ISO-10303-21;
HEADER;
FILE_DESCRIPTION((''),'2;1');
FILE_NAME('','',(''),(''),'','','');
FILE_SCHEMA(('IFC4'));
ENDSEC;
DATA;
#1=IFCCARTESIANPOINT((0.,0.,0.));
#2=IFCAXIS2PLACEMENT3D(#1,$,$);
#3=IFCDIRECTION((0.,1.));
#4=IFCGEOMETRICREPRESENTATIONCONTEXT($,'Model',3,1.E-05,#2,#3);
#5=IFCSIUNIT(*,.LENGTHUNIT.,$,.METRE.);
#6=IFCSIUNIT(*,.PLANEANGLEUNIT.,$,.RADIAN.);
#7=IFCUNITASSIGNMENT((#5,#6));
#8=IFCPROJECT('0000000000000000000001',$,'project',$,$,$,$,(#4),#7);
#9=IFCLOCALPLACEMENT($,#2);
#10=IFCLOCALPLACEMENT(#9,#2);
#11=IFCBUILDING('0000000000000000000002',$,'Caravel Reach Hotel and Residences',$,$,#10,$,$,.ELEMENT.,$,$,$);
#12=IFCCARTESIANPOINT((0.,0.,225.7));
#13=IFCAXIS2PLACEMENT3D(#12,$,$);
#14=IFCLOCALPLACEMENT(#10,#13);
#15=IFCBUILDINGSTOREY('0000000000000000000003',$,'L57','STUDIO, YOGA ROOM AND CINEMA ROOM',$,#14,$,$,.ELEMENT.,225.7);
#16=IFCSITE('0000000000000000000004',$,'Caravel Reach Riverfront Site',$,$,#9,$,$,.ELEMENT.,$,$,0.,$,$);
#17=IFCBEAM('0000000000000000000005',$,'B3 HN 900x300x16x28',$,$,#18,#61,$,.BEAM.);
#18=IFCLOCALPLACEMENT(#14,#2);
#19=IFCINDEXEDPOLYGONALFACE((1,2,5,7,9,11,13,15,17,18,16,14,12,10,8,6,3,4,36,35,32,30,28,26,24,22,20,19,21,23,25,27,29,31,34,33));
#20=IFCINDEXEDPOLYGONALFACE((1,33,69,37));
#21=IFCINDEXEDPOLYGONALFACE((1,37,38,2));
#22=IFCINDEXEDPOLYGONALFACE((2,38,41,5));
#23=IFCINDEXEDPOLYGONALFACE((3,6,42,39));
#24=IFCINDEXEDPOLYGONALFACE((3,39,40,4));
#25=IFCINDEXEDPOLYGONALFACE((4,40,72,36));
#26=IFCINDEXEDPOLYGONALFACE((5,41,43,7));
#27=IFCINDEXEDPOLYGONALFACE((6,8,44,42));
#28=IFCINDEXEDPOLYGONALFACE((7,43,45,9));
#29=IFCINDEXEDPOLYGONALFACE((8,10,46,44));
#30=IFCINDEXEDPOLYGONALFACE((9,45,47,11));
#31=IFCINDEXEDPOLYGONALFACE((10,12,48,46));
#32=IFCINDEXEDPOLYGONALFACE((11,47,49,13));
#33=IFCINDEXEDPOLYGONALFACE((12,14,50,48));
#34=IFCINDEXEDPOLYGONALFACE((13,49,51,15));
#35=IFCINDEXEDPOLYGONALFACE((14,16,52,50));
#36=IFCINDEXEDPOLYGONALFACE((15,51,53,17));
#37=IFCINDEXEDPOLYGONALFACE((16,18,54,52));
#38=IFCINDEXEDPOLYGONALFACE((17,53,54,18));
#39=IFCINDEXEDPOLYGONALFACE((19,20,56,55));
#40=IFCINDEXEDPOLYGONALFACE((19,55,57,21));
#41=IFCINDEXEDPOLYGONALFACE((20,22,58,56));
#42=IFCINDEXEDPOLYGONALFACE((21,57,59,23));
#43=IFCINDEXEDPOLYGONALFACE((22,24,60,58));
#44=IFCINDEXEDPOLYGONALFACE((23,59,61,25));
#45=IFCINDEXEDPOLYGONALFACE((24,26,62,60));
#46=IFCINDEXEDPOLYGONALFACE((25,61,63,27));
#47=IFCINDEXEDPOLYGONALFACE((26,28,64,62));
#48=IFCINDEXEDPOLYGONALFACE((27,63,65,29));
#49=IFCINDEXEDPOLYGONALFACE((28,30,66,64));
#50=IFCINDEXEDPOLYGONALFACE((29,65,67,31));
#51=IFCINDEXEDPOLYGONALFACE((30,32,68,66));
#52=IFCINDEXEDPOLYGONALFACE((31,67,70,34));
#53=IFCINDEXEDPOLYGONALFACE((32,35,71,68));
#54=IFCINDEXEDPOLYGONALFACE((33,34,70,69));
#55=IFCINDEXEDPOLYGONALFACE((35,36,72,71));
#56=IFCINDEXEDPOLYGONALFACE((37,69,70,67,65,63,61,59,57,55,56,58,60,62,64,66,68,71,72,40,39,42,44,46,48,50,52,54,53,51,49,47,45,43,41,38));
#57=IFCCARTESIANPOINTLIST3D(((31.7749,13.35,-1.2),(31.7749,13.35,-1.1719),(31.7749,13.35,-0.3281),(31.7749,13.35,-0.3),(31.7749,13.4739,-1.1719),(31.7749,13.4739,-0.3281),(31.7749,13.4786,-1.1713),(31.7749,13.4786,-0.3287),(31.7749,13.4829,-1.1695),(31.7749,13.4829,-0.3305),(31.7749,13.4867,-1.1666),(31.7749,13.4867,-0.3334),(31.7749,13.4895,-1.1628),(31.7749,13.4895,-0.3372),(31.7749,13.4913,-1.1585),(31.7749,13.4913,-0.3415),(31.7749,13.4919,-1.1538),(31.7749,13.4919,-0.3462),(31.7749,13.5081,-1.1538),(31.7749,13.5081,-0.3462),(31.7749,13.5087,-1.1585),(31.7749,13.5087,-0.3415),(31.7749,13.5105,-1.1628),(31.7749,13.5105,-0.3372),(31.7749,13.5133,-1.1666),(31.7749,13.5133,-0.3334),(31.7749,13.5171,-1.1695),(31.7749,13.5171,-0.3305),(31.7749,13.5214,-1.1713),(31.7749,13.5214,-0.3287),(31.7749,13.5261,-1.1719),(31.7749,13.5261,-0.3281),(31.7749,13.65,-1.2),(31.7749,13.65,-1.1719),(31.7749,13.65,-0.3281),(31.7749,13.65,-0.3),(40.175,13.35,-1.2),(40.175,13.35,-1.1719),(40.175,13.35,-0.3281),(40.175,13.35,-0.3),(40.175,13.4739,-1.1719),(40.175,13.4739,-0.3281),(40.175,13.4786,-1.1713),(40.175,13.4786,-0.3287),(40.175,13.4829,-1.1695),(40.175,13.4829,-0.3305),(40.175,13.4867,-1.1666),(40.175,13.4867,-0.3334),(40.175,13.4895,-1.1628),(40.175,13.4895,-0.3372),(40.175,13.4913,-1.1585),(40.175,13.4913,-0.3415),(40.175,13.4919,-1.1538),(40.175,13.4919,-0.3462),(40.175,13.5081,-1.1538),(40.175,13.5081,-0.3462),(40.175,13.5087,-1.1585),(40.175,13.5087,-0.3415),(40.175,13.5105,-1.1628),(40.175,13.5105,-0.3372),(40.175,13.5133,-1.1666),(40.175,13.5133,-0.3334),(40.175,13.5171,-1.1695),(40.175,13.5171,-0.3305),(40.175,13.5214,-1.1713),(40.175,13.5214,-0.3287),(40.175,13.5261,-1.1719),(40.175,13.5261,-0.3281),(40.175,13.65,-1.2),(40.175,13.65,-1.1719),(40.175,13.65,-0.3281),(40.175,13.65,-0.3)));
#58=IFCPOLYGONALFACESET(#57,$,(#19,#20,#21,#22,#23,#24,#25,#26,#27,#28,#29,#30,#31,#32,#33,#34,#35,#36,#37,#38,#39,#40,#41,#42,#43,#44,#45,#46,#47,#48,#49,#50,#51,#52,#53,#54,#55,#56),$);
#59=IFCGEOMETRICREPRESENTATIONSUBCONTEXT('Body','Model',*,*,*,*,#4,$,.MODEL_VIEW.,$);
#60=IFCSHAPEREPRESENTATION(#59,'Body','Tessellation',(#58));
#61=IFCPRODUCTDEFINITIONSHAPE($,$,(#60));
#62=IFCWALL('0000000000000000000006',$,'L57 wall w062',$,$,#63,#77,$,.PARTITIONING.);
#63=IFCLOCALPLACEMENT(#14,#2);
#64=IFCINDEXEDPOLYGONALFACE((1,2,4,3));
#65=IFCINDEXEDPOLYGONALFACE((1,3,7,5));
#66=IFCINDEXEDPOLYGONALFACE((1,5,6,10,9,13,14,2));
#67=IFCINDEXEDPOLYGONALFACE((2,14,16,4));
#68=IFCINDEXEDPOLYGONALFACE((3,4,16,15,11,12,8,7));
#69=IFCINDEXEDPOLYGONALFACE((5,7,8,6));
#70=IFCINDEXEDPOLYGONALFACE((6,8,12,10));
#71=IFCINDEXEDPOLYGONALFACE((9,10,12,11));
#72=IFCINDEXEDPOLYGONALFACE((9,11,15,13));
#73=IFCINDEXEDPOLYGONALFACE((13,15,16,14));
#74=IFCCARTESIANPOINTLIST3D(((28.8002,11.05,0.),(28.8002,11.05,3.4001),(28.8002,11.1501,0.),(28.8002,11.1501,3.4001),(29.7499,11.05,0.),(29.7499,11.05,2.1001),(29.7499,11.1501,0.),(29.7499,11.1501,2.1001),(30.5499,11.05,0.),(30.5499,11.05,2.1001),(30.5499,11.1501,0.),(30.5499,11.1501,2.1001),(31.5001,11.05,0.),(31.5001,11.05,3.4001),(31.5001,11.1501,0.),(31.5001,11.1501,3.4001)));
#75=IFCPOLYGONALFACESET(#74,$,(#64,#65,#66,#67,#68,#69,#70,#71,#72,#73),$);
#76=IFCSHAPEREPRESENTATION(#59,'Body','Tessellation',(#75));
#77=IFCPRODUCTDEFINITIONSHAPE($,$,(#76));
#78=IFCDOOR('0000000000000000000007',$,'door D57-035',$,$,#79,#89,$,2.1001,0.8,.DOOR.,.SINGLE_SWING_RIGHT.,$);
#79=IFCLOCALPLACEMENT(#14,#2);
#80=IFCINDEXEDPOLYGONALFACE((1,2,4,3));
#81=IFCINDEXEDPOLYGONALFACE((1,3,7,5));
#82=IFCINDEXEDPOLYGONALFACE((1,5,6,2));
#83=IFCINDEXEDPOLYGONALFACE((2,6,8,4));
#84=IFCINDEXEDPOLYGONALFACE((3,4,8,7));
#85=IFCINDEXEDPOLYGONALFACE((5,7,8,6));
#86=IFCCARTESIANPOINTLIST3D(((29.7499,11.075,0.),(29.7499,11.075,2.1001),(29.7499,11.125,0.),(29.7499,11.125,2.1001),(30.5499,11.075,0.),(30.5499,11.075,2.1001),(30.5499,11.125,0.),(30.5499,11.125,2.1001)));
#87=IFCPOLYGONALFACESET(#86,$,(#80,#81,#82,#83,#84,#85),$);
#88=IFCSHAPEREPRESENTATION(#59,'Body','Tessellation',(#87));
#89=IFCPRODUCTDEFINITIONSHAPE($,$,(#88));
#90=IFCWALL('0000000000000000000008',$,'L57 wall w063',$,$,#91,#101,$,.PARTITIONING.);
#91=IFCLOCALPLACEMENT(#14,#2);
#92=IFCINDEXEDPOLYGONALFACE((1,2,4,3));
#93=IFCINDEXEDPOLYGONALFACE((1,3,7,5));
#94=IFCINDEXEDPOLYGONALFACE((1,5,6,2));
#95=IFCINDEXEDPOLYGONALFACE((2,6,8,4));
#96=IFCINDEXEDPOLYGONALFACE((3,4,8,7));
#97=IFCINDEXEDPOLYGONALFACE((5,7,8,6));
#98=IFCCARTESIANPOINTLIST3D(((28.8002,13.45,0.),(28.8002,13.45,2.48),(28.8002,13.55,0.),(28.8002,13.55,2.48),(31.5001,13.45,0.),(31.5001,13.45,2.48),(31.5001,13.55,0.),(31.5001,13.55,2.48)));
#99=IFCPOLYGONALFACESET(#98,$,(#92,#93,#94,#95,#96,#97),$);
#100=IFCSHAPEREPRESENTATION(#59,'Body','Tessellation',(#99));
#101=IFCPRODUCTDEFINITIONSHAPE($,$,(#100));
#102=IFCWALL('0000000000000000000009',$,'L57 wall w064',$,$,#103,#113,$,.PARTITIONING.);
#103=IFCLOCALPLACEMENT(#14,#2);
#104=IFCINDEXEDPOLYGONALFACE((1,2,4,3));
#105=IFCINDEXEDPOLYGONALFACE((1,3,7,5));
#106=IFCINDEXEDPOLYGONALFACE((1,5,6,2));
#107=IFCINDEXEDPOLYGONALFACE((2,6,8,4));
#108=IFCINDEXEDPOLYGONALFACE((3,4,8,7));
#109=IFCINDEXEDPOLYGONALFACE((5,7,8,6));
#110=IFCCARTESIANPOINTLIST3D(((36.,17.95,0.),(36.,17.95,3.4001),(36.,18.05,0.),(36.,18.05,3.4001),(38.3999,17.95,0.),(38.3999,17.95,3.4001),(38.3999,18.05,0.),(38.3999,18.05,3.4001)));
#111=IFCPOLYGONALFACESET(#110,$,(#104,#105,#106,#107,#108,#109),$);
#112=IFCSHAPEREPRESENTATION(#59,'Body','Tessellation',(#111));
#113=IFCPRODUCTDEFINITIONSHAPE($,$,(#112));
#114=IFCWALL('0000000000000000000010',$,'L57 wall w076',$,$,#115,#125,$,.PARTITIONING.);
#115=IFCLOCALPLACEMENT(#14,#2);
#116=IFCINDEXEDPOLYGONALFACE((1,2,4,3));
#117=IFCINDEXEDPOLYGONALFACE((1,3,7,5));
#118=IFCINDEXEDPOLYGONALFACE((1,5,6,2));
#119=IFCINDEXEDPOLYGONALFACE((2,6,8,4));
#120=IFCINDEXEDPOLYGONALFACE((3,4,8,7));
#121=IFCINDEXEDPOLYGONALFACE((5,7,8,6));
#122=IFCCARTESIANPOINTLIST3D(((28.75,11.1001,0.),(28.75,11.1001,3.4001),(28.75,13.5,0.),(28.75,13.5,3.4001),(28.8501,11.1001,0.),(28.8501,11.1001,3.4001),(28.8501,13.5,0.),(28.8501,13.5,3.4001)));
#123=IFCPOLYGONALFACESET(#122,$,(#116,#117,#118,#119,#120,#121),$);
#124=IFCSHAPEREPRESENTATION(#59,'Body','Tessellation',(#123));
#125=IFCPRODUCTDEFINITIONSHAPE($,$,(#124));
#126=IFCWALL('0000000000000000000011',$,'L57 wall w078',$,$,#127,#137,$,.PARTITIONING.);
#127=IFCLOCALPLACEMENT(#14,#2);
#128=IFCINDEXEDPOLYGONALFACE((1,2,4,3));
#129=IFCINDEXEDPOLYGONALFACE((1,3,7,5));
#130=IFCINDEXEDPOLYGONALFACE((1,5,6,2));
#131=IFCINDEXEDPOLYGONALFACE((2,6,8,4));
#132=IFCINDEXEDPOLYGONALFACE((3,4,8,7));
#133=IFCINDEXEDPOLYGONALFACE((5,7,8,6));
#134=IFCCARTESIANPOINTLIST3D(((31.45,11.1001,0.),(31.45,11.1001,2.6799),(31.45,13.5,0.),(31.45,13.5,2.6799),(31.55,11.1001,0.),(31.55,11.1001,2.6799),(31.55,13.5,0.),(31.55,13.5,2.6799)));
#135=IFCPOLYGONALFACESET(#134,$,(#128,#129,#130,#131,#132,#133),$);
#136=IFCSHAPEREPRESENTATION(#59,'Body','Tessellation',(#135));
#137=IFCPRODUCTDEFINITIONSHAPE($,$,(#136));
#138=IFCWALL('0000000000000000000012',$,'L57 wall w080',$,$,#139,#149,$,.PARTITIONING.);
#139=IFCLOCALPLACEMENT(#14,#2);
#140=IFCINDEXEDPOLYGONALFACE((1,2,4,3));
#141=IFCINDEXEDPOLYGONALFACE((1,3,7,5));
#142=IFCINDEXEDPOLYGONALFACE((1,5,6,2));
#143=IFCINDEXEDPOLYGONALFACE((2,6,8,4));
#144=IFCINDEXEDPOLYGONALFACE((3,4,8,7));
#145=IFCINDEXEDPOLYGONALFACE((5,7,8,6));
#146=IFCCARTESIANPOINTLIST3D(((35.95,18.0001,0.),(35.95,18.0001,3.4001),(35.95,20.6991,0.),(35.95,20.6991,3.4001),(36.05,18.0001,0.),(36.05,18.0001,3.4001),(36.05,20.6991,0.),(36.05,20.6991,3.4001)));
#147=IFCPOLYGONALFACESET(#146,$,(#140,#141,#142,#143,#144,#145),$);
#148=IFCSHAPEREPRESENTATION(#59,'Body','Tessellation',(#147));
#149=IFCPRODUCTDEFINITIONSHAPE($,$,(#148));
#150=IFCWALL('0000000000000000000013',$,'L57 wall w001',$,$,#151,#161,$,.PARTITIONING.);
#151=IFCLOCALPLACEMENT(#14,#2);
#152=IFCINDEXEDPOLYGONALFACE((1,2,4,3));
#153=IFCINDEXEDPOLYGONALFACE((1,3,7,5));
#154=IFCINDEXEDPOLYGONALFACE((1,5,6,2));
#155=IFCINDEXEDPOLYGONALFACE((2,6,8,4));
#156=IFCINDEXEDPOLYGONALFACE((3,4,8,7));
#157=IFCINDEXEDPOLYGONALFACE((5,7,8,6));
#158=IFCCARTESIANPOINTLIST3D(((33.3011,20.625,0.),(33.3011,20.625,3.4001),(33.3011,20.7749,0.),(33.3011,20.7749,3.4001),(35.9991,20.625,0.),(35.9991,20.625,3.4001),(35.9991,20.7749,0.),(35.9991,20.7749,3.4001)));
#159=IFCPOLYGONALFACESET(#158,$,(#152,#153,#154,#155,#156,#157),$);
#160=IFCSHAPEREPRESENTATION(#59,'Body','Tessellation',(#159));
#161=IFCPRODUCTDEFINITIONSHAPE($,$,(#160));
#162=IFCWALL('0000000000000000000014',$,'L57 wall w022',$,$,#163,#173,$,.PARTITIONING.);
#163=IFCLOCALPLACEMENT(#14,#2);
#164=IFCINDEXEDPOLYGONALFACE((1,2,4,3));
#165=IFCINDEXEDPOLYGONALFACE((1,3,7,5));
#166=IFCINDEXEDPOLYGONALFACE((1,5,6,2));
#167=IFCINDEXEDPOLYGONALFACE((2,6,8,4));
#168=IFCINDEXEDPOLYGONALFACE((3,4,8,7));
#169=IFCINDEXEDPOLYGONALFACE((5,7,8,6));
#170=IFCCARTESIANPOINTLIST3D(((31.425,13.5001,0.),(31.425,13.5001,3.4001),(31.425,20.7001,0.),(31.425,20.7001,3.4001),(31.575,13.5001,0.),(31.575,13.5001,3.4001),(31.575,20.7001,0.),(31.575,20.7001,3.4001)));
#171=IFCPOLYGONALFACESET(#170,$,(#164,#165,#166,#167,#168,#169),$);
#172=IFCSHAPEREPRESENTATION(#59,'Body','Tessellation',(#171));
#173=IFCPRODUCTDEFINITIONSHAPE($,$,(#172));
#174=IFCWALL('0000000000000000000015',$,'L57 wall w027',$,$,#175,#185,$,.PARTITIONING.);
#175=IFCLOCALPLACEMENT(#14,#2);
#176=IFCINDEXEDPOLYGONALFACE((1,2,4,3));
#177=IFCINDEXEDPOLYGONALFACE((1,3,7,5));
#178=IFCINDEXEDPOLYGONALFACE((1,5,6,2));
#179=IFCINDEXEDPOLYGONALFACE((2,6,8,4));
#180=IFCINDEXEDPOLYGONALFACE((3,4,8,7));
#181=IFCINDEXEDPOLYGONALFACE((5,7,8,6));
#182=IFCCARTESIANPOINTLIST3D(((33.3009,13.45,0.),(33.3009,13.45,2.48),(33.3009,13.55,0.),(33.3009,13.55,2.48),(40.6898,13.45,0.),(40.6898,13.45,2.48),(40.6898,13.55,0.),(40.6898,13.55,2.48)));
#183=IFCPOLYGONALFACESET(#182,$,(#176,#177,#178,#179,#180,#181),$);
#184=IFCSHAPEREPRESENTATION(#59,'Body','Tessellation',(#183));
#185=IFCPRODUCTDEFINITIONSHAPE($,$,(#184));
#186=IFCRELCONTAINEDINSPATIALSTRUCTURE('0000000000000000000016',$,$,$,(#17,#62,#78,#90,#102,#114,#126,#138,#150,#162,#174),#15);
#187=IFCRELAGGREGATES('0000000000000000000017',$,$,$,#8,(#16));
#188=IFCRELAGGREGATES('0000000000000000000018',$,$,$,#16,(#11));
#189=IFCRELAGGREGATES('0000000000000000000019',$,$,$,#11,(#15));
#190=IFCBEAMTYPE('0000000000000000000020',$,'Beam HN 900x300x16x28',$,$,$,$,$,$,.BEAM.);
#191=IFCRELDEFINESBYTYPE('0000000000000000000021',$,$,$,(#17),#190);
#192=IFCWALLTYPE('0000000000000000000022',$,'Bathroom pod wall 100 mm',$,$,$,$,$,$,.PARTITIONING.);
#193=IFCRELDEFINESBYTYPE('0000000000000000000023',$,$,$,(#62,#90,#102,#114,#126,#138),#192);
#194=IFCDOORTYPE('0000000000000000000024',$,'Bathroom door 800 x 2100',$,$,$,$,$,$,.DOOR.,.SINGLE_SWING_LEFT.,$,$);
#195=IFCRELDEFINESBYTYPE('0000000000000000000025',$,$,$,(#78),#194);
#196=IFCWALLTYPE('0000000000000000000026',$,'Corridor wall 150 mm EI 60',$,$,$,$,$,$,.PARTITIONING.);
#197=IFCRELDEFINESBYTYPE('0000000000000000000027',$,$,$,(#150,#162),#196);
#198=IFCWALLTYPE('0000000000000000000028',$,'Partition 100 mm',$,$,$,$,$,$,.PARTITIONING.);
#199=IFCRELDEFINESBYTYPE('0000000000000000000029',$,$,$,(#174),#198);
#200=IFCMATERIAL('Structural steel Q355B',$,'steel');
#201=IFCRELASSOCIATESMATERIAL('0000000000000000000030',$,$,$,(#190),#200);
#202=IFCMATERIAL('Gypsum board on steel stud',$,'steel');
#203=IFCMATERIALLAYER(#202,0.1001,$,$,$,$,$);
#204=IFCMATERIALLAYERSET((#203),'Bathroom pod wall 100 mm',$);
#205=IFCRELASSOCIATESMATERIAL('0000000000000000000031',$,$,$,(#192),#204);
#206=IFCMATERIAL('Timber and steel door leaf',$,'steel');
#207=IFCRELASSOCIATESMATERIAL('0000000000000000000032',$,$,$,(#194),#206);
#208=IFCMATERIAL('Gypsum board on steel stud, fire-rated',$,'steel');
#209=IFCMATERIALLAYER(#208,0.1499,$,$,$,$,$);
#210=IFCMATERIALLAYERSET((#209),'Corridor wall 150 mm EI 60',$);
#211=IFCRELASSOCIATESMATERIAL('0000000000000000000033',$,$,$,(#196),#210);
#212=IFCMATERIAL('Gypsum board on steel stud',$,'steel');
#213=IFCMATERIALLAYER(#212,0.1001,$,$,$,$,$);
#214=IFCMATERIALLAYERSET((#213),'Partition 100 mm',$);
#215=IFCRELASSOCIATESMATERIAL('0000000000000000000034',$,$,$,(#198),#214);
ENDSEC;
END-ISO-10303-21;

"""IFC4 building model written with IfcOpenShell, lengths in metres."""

from ifc_helpers import new_model, si_unit, direction, frame, frame_2d, origin, origin_2d, place, context, subcontext, project, spatial, rectangle, i_section, extrude, material, layer, layer_set, material_profile, profile_set, type_object, element, fill, save


model = new_model("IFC4")

# Units and contexts
model_context = context("Model", 3, precision=1e-05, world=origin(), true_north=direction((0.0, 1.0)))
body_context = subcontext(model_context, "Body", "Model", "MODEL_VIEW")
ifc_project = project(units=[si_unit("LENGTHUNIT", "METRE"), si_unit("PLANEANGLEUNIT", "RADIAN")], contexts=[model_context])

# Site, building, storey
site_placement = place(None, origin())
site = spatial("IfcSite", under=ifc_project, at=site_placement, Name="Caravel Reach Riverfront Site", CompositionType="ELEMENT", RefElevation=0.0)
building_placement = place(site_placement, origin())
building = spatial("IfcBuilding", under=site, at=building_placement, Name="Caravel Reach Hotel and Residences", CompositionType="ELEMENT")
storey_placement = place(building_placement, frame((0.0, 0.0, 225.7)))
storey = spatial("IfcBuildingStorey", under=building, at=storey_placement, Name="L57", Description="STUDIO, YOGA ROOM AND CINEMA ROOM", CompositionType="ELEMENT", Elevation=225.7)

# Beam
ifc_material_1 = material(Name="Structural steel Q355B", Category="steel")
ifc_material_profile_1 = material_profile(ifc_material_1, i_section(OverallWidth=0.3, OverallDepth=0.8999, WebThickness=0.0161, FlangeThickness=0.0281, FilletRadius=0.0181, at=origin_2d()), Name="HN 900x300x16x28")
ifc_profile_set_1 = profile_set([ifc_material_profile_1], Name="Structural steel Q355B")
beam_type_1 = type_object("IfcBeamType", Name="Beam HN 900x300x16x28", PredefinedType="BEAM", material=ifc_profile_set_1)
beam_1_placement = place(storey_placement, frame((31.7749, 13.5, -0.75), z_axis=(1.0, 0.0, 0.0), x_axis=(0.0, 1.0, 0.0)))
element("IfcBeam", 1, at=beam_1_placement, inside=storey, type_object=beam_type_1, Name="B3 HN 900x300x16x28", PredefinedType="BEAM", context=body_context, shape_type="SweptSolid", body=[
    extrude(i_section(OverallWidth=0.3, OverallDepth=0.8999, WebThickness=0.0161, FlangeThickness=0.0281, FilletRadius=0.0181, at=origin_2d()), origin(), (0.0, 0.0, 1.0), 8.4001),
])

# Wall, opening, door
ifc_material_2 = material(Name="Gypsum board on steel stud", Category="steel")
ifc_layer_1 = layer(ifc_material_2, 0.1001)
ifc_layer_set_1 = layer_set([ifc_layer_1], Name="Bathroom pod wall 100 mm")
wall_type_1 = type_object("IfcWallType", Name="Bathroom pod wall 100 mm", PredefinedType="PARTITIONING", material=ifc_layer_set_1)
wall_1_placement = place(storey_placement, frame((28.8, 11.1001, 0.0), z_axis=(0.0, 0.0, 1.0), x_axis=(1.0, 0.0, 0.0)))
wall_1 = element("IfcWall", 2, at=wall_1_placement, inside=storey, type_object=wall_type_1, Name="L57 wall w062", PredefinedType="PARTITIONING", context=body_context, shape_type="SweptSolid", body=[
    extrude(rectangle(XDim=2.7, YDim=0.1001, at=frame_2d((1.3501, 0.0))), origin(), (0.0, 0.0, 1.0), 3.4001),
])
opening_placement = place(wall_1_placement, frame((0.95, 0.0, 0.0)))
opening = element("IfcOpeningElement", 3, at=opening_placement, cuts=wall_1, PredefinedType="OPENING", context=body_context, shape_type="SweptSolid", body=[
    extrude(rectangle(XDim=0.8, YDim=2.1001, at=frame_2d((0.3999, 1.05))), frame((0.0, 0.0601, 0.0), z_axis=(0.0, -1.0, 0.0), x_axis=(1.0, 0.0, 0.0)), (0.0, 0.0, 1.0), 0.1201),
])
ifc_material_3 = material(Name="Timber and steel door leaf", Category="steel")
door_type = type_object("IfcDoorType", Name="Bathroom door 800 x 2100", OperationType="SINGLE_SWING_LEFT", PredefinedType="DOOR", material=ifc_material_3)
door_placement = place(opening_placement, origin())
door = element("IfcDoor", 4, at=door_placement, inside=storey, type_object=door_type, Name="door D57-035", OperationType="SINGLE_SWING_RIGHT", OverallHeight=2.1001, OverallWidth=0.8, PredefinedType="DOOR", context=body_context, shape_type="SweptSolid", body=[
    extrude(rectangle(XDim=0.8, YDim=2.1001, at=frame_2d((0.3999, 1.05))), frame((0.0, 0.0249, 0.0), z_axis=(0.0, -1.0, 0.0), x_axis=(1.0, 0.0, 0.0)), (0.0, 0.0, 1.0), 0.05),
])
fill(opening, door)

# Walls
wall_2_placement = place(storey_placement, frame((28.8, 13.5, 0.0), z_axis=(0.0, 0.0, 1.0), x_axis=(1.0, 0.0, 0.0)))
element("IfcWall", 5, at=wall_2_placement, inside=storey, type_object=wall_type_1, Name="L57 wall w063", PredefinedType="PARTITIONING", context=body_context, shape_type="SweptSolid", body=[
    extrude(rectangle(XDim=2.7, YDim=0.1001, at=frame_2d((1.3501, 0.0))), origin(), (0.0, 0.0, 1.0), 2.48),
])
for number, where, z_axis, x_axis, name in (
    (6, (36.0, 18.0, 0.0), (0.0, 0.0, 1.0), (1.0, 0.0, 0.0), "L57 wall w064"),
    (7, (28.8, 11.1001, 0.0), (0.0, 0.0, 1.0), (0.0, 1.0, 0.0), "L57 wall w076"),
):
    element("IfcWall", number, at=place(storey_placement, frame(where, z_axis=z_axis, x_axis=x_axis)), inside=storey, type_object=wall_type_1, Name=name, PredefinedType="PARTITIONING", context=body_context, shape_type="SweptSolid", body=[
        extrude(rectangle(XDim=2.3999, YDim=0.1001, at=frame_2d((1.2, 0.0))), origin(), (0.0, 0.0, 1.0), 3.4001),
    ])
wall_3_placement = place(storey_placement, frame((31.5, 11.1001, 0.0), z_axis=(0.0, 0.0, 1.0), x_axis=(0.0, 1.0, 0.0)))
element("IfcWall", 8, at=wall_3_placement, inside=storey, type_object=wall_type_1, Name="L57 wall w078", PredefinedType="PARTITIONING", context=body_context, shape_type="SweptSolid", body=[
    extrude(rectangle(XDim=2.3999, YDim=0.1001, at=frame_2d((1.2, 0.0))), origin(), (0.0, 0.0, 1.0), 2.6799),
])
wall_4_placement = place(storey_placement, frame((36.0, 18.0, 0.0), z_axis=(0.0, 0.0, 1.0), x_axis=(0.0, 1.0, 0.0)))
element("IfcWall", 9, at=wall_4_placement, inside=storey, type_object=wall_type_1, Name="L57 wall w080", PredefinedType="PARTITIONING", context=body_context, shape_type="SweptSolid", body=[
    extrude(rectangle(XDim=2.699, YDim=0.1001, at=frame_2d((1.3496, 0.0))), origin(), (0.0, 0.0, 1.0), 3.4001),
])
ifc_material_4 = material(Name="Gypsum board on steel stud, fire-rated", Category="steel")
ifc_layer_2 = layer(ifc_material_4, 0.1499)
ifc_layer_set_2 = layer_set([ifc_layer_2], Name="Corridor wall 150 mm EI 60")
wall_type_2 = type_object("IfcWallType", Name="Corridor wall 150 mm EI 60", PredefinedType="PARTITIONING", material=ifc_layer_set_2)
wall_5_placement = place(storey_placement, frame((33.301, 20.7, 0.0), z_axis=(0.0, 0.0, 1.0), x_axis=(1.0, 0.0, 0.0)))
element("IfcWall", 10, at=wall_5_placement, inside=storey, type_object=wall_type_2, Name="L57 wall w001", PredefinedType="PARTITIONING", context=body_context, shape_type="SweptSolid", body=[
    extrude(rectangle(XDim=2.698, YDim=0.1499, at=frame_2d((1.3491, 0.0))), origin(), (0.0, 0.0, 1.0), 3.4001),
])
wall_6_placement = place(storey_placement, frame((31.5, 13.5, 0.0), z_axis=(0.0, 0.0, 1.0), x_axis=(0.0, 1.0, 0.0)))
element("IfcWall", 11, at=wall_6_placement, inside=storey, type_object=wall_type_2, Name="L57 wall w022", PredefinedType="PARTITIONING", context=body_context, shape_type="SweptSolid", body=[
    extrude(rectangle(XDim=7.2, YDim=0.1499, at=frame_2d((3.6001, 0.0))), origin(), (0.0, 0.0, 1.0), 3.4001),
])
ifc_material_5 = material(Name="Gypsum board on steel stud", Category="steel")
ifc_layer_3 = layer(ifc_material_5, 0.1001)
ifc_layer_set_3 = layer_set([ifc_layer_3], Name="Partition 100 mm")
wall_type_3 = type_object("IfcWallType", Name="Partition 100 mm", PredefinedType="PARTITIONING", material=ifc_layer_set_3)
wall_7_placement = place(storey_placement, frame((33.301, 13.5, 0.0), z_axis=(0.0, 0.0, 1.0), x_axis=(1.0, 0.0, 0.0)))
element("IfcWall", 12, at=wall_7_placement, inside=storey, type_object=wall_type_3, Name="L57 wall w027", PredefinedType="PARTITIONING", context=body_context, shape_type="SweptSolid", body=[
    extrude(rectangle(XDim=7.3889, YDim=0.1001, at=frame_2d((3.6943, 0.0))), origin(), (0.0, 0.0, 1.0), 2.48),
])

save(model, "model.ifc")
